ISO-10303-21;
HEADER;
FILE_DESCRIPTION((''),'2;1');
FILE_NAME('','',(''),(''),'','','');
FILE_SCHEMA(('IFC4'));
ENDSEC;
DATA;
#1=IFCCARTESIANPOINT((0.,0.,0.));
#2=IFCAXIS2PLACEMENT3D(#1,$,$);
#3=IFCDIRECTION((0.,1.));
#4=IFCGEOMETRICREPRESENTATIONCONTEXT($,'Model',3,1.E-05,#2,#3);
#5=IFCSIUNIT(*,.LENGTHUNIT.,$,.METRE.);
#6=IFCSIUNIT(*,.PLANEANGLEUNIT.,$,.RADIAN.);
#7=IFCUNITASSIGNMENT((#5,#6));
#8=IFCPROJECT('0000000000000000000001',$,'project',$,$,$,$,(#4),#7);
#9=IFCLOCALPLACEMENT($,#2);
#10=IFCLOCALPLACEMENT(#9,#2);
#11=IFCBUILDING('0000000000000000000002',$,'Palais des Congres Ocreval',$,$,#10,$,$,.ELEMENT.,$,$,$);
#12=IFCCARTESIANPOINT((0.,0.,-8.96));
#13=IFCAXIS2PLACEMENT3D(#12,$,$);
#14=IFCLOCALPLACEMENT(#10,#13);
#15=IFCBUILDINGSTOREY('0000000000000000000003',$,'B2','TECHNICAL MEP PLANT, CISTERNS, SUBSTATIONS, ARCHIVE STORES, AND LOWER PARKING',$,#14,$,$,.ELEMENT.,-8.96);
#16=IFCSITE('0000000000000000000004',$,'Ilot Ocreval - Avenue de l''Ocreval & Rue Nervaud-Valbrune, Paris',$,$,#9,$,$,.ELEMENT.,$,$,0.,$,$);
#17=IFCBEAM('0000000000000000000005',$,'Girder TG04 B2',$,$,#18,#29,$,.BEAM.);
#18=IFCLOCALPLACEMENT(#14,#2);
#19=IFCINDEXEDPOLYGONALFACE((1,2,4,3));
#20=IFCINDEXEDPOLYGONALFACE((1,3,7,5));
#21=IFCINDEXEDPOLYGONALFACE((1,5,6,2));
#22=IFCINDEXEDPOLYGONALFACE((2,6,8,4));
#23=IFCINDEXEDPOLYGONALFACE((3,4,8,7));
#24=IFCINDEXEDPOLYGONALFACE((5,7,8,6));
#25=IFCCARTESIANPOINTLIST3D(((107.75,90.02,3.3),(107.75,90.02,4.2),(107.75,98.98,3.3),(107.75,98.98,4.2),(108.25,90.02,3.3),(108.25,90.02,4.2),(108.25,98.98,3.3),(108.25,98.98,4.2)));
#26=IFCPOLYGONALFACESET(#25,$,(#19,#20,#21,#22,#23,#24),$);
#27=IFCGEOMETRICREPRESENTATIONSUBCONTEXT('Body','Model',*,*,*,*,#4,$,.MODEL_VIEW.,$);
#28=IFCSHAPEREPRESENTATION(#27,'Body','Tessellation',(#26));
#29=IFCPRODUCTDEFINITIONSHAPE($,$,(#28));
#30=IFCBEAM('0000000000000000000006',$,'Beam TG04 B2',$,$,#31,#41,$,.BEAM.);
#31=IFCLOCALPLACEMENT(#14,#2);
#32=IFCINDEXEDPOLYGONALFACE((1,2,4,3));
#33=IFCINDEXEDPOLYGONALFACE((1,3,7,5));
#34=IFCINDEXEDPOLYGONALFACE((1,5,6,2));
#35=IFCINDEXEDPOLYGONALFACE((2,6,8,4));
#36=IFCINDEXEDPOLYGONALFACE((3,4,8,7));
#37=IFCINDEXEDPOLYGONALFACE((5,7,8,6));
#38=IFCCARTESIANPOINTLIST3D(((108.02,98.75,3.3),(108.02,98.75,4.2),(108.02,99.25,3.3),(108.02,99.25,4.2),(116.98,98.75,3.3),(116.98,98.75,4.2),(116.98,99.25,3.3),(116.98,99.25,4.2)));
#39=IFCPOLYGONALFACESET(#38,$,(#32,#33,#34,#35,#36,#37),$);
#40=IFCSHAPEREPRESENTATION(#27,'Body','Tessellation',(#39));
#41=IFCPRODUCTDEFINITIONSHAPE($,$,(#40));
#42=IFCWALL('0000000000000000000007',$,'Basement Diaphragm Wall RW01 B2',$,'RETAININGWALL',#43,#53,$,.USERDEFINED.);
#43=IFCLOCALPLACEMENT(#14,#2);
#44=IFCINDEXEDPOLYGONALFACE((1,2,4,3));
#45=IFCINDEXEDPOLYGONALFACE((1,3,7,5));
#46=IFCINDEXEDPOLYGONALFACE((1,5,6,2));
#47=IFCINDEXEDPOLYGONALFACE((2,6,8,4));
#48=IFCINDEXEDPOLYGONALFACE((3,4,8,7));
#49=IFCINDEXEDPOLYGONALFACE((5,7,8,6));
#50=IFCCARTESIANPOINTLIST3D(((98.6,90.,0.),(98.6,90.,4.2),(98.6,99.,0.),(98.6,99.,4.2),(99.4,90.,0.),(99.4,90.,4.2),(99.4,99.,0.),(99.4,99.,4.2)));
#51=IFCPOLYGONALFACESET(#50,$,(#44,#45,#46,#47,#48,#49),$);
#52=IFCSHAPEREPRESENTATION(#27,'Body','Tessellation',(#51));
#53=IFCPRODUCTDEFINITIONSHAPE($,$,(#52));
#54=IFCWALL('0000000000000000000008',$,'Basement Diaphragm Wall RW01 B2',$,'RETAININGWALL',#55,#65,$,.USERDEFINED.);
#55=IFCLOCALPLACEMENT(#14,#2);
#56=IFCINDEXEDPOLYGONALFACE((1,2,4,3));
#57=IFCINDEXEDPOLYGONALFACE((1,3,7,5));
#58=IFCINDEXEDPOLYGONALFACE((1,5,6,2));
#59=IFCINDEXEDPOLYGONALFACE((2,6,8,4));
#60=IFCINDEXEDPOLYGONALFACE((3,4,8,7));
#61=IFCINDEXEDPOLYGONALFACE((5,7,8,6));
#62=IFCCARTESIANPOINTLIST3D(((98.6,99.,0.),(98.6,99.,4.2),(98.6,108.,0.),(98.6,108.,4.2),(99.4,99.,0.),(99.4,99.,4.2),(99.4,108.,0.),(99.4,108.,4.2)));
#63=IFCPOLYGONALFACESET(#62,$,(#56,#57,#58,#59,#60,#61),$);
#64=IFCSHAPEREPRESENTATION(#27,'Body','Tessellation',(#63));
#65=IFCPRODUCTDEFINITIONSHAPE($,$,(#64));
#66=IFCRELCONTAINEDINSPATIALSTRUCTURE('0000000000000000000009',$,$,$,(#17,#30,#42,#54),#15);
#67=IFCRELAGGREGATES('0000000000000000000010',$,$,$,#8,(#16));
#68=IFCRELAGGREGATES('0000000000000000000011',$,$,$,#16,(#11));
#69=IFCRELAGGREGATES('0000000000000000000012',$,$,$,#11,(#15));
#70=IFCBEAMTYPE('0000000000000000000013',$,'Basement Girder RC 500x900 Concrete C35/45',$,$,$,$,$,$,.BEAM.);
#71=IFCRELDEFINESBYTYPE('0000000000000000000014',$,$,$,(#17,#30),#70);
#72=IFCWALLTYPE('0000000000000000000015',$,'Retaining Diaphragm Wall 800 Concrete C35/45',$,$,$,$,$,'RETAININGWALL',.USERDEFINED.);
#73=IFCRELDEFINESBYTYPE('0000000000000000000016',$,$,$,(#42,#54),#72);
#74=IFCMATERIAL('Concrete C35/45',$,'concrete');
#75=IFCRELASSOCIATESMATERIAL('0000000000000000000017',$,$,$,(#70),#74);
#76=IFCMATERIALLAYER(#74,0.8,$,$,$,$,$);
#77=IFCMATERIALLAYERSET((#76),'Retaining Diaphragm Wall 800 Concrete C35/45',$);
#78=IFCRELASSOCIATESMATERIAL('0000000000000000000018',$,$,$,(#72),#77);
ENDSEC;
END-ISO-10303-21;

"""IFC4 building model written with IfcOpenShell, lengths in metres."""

from ifc_helpers import new_model, si_unit, direction, frame, frame_2d, origin, origin_2d, place, context, subcontext, project, spatial, rectangle, extrude, material, layer, layer_set, material_profile, profile_set, type_object, element, save


model = new_model("IFC4")

# Units and contexts
model_context = context("Model", 3, precision=1e-05, world=origin(), true_north=direction((0.0, 1.0)))
body_context = subcontext(model_context, "Body", "Model", "MODEL_VIEW")
ifc_project = project(units=[si_unit("LENGTHUNIT", "METRE"), si_unit("PLANEANGLEUNIT", "RADIAN")], contexts=[model_context])

# Site, building, storey
site_placement = place(None, origin())
site = spatial("IfcSite", under=ifc_project, at=site_placement, Name="Ilot Ocreval - Avenue de l'Ocreval & Rue Nervaud-Valbrune, Paris", CompositionType="ELEMENT", RefElevation=0.0)
building_placement = place(site_placement, origin())
building = spatial("IfcBuilding", under=site, at=building_placement, Name="Palais des Congres Ocreval", CompositionType="ELEMENT")
storey_placement = place(building_placement, frame((0.0, 0.0, -8.96)))
storey = spatial("IfcBuildingStorey", under=building, at=storey_placement, Name="B2", Description="TECHNICAL MEP PLANT, CISTERNS, SUBSTATIONS, ARCHIVE STORES, AND LOWER PARKING", CompositionType="ELEMENT", Elevation=-8.96)

# Shared definitions
ifc_material_1 = material(Name="Concrete C35/45", Category="concrete")

# Beams
ifc_material_profile_1 = material_profile(ifc_material_1, rectangle(XDim=0.5, YDim=0.8999, at=origin_2d()), Name="RC 500x900")
ifc_profile_set_1 = profile_set([ifc_material_profile_1], Name="Concrete C35/45")
beam_type = type_object("IfcBeamType", Name="Basement Girder RC 500x900 Concrete C35/45", PredefinedType="BEAM", material=ifc_profile_set_1)
for number, where, z_axis, x_axis, name in (
    (1, (108.0, 90.02, 3.75), (0.0, 1.0, 0.0), (-1.0, 0.0, 0.0), "Girder TG04 B2"),
    (2, (108.02, 99.0, 3.75), (1.0, 0.0, 0.0), (0.0, 1.0, 0.0), "Beam TG04 B2"),
):
    element("IfcBeam", number, at=place(storey_placement, frame(where, z_axis=z_axis, x_axis=x_axis)), inside=storey, type_object=beam_type, Name=name, PredefinedType="BEAM", context=body_context, shape_type="SweptSolid", body=[
        extrude(rectangle(XDim=0.5, YDim=0.8999, at=origin_2d()), origin(), (0.0, 0.0, 1.0), 8.96),
    ])

# Walls
ifc_layer = layer(ifc_material_1, 0.8)
ifc_layer_set = layer_set([ifc_layer], Name="Retaining Diaphragm Wall 800 Concrete C35/45")
wall_type = type_object("IfcWallType", Name="Retaining Diaphragm Wall 800 Concrete C35/45", ElementType="RETAININGWALL", PredefinedType="USERDEFINED", material=ifc_layer_set)
for number, where, z_axis, x_axis, name in (
    (3, (99.0, 90.0, 0.0), (0.0, 0.0, 1.0), (0.0, 1.0, 0.0), "Basement Diaphragm Wall RW01 B2"),
    (4, (99.0, 99.0, 0.0), (0.0, 0.0, 1.0), (0.0, 1.0, 0.0), "Basement Diaphragm Wall RW01 B2"),
):
    element("IfcWall", number, at=place(storey_placement, frame(where, z_axis=z_axis, x_axis=x_axis)), inside=storey, type_object=wall_type, Name=name, ObjectType="RETAININGWALL", PredefinedType="USERDEFINED", context=body_context, shape_type="SweptSolid", body=[
        extrude(rectangle(XDim=9.0, YDim=0.8, at=frame_2d((4.5, 0.0))), origin(), (0.0, 0.0, 1.0), 4.2),
    ])

save(model, "model.ifc")
